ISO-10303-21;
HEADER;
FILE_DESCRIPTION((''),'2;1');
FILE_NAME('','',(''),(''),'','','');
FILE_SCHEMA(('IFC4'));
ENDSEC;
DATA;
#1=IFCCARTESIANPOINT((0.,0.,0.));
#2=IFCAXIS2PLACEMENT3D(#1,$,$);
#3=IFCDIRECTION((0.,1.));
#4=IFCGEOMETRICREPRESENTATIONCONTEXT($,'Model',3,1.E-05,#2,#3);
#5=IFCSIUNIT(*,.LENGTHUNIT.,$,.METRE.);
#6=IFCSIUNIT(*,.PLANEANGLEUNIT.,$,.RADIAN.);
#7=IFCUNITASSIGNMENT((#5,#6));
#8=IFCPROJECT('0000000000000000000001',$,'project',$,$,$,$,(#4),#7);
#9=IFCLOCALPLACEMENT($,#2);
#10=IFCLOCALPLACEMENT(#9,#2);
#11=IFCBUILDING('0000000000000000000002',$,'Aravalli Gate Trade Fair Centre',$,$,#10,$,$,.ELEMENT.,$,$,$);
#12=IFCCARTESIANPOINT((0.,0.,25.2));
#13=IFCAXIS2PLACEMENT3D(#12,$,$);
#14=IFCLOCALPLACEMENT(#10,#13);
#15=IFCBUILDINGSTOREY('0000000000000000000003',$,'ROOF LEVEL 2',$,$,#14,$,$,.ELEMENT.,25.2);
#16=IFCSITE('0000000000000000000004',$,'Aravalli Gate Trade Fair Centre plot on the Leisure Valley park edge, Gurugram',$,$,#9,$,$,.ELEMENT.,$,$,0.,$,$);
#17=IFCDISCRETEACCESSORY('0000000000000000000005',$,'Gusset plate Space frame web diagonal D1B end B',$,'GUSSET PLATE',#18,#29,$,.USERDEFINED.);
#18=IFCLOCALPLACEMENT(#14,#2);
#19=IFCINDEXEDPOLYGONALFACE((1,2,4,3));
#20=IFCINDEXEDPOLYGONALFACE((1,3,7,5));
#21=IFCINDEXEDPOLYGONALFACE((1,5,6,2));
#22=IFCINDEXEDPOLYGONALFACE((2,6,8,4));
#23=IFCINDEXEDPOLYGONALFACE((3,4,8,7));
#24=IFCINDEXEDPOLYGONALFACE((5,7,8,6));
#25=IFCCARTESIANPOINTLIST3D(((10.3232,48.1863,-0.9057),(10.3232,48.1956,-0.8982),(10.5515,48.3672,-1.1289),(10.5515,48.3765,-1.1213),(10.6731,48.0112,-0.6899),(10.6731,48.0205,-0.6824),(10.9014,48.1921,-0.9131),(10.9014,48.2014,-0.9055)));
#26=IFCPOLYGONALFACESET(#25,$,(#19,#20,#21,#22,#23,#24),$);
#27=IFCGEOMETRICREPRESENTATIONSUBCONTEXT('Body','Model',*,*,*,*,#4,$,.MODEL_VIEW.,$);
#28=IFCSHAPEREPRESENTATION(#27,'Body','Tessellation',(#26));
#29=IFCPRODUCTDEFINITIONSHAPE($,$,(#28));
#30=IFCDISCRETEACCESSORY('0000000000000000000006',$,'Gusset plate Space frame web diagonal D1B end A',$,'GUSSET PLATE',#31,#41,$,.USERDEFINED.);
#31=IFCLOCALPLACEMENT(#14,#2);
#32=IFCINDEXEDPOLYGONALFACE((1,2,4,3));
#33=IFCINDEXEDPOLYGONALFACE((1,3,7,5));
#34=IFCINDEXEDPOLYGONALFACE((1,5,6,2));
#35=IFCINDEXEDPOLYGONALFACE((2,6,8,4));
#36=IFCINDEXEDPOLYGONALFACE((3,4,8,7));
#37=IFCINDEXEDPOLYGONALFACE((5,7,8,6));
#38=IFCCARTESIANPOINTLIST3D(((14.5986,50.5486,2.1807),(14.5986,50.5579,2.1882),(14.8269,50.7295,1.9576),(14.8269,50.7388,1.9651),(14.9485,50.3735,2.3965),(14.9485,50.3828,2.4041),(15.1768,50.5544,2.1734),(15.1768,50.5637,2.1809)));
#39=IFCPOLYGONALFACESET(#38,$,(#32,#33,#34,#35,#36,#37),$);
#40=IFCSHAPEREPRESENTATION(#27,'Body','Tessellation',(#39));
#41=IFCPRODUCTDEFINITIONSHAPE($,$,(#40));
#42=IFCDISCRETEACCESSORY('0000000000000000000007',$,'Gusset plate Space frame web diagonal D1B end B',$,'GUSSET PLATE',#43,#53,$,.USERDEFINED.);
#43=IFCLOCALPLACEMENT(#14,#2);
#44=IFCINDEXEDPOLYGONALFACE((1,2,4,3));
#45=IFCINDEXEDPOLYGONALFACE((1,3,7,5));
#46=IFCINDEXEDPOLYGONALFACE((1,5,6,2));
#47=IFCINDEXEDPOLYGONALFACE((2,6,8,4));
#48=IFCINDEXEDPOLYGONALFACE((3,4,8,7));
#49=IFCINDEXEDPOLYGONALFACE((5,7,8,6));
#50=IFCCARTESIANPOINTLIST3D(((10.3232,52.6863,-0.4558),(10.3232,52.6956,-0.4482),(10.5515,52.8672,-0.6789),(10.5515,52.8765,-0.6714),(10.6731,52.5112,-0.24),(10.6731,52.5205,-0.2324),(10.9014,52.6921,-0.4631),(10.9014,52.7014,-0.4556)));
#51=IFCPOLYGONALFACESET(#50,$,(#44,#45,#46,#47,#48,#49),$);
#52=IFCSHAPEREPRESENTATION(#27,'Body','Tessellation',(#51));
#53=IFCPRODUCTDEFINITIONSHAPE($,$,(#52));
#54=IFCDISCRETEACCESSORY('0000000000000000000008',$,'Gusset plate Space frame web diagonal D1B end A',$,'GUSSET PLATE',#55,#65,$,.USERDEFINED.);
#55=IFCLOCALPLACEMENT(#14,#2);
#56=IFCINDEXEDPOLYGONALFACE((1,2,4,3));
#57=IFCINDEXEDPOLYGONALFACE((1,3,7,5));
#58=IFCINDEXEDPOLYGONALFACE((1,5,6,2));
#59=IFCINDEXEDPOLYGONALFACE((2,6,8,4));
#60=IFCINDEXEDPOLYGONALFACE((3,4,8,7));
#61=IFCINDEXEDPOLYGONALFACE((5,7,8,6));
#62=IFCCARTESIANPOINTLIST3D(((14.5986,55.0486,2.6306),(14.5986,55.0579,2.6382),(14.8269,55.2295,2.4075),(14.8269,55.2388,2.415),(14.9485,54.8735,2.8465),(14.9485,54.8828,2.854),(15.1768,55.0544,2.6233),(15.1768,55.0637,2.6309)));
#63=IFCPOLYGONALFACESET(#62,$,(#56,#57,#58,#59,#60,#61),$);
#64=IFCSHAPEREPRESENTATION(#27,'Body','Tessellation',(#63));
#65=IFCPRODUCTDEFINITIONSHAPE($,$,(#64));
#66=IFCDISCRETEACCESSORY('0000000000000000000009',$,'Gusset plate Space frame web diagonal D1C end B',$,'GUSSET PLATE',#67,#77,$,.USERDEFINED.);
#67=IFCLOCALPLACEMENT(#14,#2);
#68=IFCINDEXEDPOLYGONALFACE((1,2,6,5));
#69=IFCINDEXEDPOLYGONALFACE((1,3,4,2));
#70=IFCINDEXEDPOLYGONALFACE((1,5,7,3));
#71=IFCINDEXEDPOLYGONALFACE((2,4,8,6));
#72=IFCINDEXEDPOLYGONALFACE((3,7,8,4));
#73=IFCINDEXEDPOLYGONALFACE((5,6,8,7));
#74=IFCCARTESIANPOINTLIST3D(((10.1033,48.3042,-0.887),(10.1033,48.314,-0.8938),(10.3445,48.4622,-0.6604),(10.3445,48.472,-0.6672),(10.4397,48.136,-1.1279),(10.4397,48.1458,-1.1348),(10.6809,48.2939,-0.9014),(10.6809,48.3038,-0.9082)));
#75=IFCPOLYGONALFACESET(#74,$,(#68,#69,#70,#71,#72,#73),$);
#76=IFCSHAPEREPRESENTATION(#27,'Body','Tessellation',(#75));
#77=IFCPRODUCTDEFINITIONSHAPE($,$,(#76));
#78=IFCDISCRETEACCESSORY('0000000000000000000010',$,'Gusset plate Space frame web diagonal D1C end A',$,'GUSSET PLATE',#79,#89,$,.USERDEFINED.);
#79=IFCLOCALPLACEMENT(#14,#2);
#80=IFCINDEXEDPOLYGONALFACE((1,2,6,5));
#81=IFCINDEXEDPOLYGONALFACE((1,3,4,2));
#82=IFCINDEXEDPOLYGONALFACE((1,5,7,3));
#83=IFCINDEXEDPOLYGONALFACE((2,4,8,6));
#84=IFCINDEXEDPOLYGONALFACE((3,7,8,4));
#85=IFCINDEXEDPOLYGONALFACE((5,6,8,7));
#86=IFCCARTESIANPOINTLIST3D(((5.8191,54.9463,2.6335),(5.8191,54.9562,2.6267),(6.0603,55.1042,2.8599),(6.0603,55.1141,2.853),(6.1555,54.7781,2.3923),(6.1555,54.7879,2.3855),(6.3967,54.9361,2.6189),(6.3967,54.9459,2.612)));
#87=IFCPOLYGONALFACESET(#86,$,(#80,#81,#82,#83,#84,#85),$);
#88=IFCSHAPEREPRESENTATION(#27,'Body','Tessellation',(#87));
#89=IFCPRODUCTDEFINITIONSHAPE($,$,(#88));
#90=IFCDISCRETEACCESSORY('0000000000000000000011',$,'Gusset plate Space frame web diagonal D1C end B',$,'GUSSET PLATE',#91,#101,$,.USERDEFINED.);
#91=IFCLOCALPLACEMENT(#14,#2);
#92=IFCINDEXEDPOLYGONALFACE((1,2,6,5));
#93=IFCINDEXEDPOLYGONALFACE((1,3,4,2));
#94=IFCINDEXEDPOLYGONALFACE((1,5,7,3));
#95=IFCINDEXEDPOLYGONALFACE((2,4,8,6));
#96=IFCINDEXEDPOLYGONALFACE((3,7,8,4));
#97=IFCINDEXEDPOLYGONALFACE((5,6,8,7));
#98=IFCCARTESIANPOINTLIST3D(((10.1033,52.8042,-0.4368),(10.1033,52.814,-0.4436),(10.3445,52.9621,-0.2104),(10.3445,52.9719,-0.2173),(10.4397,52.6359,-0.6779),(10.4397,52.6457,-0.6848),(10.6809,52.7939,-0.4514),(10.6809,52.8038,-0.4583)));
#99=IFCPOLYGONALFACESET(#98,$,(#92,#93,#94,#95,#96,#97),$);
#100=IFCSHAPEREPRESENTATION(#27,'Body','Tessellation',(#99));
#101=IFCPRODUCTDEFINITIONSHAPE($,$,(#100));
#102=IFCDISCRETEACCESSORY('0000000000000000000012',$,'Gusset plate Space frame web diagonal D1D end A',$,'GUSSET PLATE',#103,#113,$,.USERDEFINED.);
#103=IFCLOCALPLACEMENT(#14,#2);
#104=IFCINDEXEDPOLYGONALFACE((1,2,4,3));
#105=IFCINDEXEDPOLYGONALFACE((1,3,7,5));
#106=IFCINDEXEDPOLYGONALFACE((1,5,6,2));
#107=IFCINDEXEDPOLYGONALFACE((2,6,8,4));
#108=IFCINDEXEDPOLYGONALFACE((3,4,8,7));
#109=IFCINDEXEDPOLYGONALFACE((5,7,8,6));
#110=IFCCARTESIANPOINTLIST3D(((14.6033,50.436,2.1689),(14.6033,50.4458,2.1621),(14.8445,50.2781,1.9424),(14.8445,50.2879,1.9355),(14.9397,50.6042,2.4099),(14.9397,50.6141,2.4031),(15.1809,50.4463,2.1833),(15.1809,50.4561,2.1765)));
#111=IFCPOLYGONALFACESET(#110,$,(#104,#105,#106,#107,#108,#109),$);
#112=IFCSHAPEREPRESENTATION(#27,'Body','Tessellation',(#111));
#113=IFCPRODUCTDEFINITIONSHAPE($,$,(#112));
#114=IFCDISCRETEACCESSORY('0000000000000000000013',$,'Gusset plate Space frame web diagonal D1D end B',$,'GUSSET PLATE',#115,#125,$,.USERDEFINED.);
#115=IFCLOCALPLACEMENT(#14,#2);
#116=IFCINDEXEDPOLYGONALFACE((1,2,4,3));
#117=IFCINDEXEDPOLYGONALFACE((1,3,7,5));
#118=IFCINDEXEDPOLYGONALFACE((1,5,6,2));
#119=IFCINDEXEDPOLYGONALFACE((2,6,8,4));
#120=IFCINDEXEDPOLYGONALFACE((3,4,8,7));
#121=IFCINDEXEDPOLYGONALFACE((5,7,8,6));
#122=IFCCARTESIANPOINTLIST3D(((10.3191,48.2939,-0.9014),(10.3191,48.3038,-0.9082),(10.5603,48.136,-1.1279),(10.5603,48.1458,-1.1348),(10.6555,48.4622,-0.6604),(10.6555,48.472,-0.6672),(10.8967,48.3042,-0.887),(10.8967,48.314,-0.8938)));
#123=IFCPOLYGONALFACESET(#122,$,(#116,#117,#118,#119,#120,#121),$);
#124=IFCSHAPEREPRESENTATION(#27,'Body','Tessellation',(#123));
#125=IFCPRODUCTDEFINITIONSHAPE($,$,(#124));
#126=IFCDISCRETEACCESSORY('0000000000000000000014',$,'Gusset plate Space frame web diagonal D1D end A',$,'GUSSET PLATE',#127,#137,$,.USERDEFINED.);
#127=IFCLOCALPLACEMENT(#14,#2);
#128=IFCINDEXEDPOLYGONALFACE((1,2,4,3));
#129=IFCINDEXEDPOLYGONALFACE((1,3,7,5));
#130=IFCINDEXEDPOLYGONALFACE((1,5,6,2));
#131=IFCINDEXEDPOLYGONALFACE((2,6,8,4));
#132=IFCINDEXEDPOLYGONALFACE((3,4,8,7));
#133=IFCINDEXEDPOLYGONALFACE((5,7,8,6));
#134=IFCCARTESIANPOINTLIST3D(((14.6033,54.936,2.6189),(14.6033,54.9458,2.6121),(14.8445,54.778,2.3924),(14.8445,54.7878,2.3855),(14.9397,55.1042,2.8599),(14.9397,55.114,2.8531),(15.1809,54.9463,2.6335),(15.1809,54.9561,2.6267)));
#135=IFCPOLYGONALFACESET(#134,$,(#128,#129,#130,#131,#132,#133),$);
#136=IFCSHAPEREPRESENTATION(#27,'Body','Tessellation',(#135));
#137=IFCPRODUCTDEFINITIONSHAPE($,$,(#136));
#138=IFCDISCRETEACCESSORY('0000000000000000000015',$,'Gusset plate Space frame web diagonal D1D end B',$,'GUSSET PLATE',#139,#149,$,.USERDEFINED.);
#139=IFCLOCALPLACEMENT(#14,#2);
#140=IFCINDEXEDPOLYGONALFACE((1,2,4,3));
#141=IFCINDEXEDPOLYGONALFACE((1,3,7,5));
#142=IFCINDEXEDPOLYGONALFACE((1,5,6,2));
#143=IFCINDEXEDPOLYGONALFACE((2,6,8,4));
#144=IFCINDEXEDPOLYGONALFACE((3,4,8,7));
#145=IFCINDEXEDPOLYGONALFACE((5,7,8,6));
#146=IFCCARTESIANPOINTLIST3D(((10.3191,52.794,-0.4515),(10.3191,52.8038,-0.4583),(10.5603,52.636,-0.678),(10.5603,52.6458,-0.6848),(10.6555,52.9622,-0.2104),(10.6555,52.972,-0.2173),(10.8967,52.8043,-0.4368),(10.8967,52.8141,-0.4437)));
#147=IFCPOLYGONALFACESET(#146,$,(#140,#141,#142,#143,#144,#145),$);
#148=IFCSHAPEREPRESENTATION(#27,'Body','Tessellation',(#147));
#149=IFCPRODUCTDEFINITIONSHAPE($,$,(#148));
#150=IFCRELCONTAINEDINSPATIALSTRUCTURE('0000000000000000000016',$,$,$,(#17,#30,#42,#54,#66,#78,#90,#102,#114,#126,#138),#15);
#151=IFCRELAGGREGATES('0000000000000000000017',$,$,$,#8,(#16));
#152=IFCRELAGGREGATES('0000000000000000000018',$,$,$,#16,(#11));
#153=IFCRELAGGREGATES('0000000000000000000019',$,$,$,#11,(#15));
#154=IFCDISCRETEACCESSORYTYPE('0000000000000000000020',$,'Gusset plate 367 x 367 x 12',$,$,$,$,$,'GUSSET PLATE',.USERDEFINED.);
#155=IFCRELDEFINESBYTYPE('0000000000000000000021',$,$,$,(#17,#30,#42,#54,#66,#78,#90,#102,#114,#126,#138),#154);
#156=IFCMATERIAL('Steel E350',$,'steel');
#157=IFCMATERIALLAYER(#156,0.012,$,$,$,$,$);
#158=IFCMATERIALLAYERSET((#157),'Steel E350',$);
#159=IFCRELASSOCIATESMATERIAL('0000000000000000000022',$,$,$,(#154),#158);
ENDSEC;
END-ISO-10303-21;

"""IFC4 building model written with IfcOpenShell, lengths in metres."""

from ifc_helpers import new_model, si_unit, direction, frame, origin, place, context, subcontext, project, spatial, polyline, outline, extrude, material, layer, layer_set, type_object, element, save


model = new_model("IFC4")

# Units and contexts
model_context = context("Model", 3, precision=1e-05, world=origin(), true_north=direction((0.0, 1.0)))
body_context = subcontext(model_context, "Body", "Model", "MODEL_VIEW")
ifc_project = project(units=[si_unit("LENGTHUNIT", "METRE"), si_unit("PLANEANGLEUNIT", "RADIAN")], contexts=[model_context])

# Site, building, storey
site_placement = place(None, origin())
site = spatial("IfcSite", under=ifc_project, at=site_placement, Name="Aravalli Gate Trade Fair Centre plot on the Leisure Valley park edge, Gurugram", CompositionType="ELEMENT", RefElevation=0.0)
building_placement = place(site_placement, origin())
building = spatial("IfcBuilding", under=site, at=building_placement, Name="Aravalli Gate Trade Fair Centre", CompositionType="ELEMENT")
storey_placement = place(building_placement, frame((0.0, 0.0, 25.2)))
storey = spatial("IfcBuildingStorey", under=building, at=storey_placement, Name="ROOF LEVEL 2", CompositionType="ELEMENT", Elevation=25.2)

# Shared definitions
ifc_material = material(Name="Steel E350", Category="steel")

# Discrete accessories
ifc_layer = layer(ifc_material, 0.012)
ifc_layer_set = layer_set([ifc_layer], Name="Steel E350")
discrete_accessory_type = type_object("IfcDiscreteAccessoryType", Name="Gusset plate 367 x 367 x 12", ElementType="GUSSET PLATE", PredefinedType="USERDEFINED", material=ifc_layer_set)
discrete_accessory_1_placement = place(storey_placement, frame((10.6731, 48.0205, -0.6824), z_axis=(0.000107, 0.776736, 0.629826), x_axis=(-0.783044, 0.391795, -0.48305)))
element("IfcDiscreteAccessory", 1, at=discrete_accessory_1_placement, inside=storey, type_object=discrete_accessory_type, Name="Gusset plate Space frame web diagonal D1B end B", ObjectType="GUSSET PLATE", PredefinedType="USERDEFINED", context=body_context, shape_type="SweptSolid", body=[
    extrude(outline(polyline([(0.0, 0.0), (0.4468, 0.0), (0.4467, -0.3669), (-0.0001, -0.3669), (0.0, 0.0)])), origin(), (0.0, 0.0, -1.0), 0.012),
])
discrete_accessory_2_placement = place(storey_placement, frame((14.5986, 50.5579, 2.1882), z_axis=(0.000107, 0.776736, 0.629826), x_axis=(0.783044, -0.391795, 0.48305)))
element("IfcDiscreteAccessory", 2, at=discrete_accessory_2_placement, inside=storey, type_object=discrete_accessory_type, Name="Gusset plate Space frame web diagonal D1B end A", ObjectType="GUSSET PLATE", PredefinedType="USERDEFINED", context=body_context, shape_type="SweptSolid", body=[
    extrude(outline(polyline([(0.0, 0.0), (0.4468, 0.0), (0.4469, 0.3669), (0.0001, 0.3669), (0.0, 0.0)])), origin(), (0.0, 0.0, -1.0), 0.012),
])
discrete_accessory_3_placement = place(storey_placement, frame((10.6731, 52.5205, -0.2324), z_axis=(0.000107, 0.776736, 0.629826), x_axis=(-0.783044, 0.391795, -0.48305)))
element("IfcDiscreteAccessory", 3, at=discrete_accessory_3_placement, inside=storey, type_object=discrete_accessory_type, Name="Gusset plate Space frame web diagonal D1B end B", ObjectType="GUSSET PLATE", PredefinedType="USERDEFINED", context=body_context, shape_type="SweptSolid", body=[
    extrude(outline(polyline([(0.0, 0.0), (0.4468, 0.0), (0.4467, -0.3669), (-0.0001, -0.3669), (0.0, 0.0)])), origin(), (0.0, 0.0, -1.0), 0.012),
])
discrete_accessory_4_placement = place(storey_placement, frame((14.5986, 55.0579, 2.6382), z_axis=(0.000107, 0.776736, 0.629826), x_axis=(0.783044, -0.391795, 0.48305)))
element("IfcDiscreteAccessory", 4, at=discrete_accessory_4_placement, inside=storey, type_object=discrete_accessory_type, Name="Gusset plate Space frame web diagonal D1B end A", ObjectType="GUSSET PLATE", PredefinedType="USERDEFINED", context=body_context, shape_type="SweptSolid", body=[
    extrude(outline(polyline([(0.0, 0.0), (0.4468, 0.0), (0.4469, 0.3669), (0.0001, 0.3669), (0.0, 0.0)])), origin(), (0.0, 0.0, -1.0), 0.012),
])
discrete_accessory_5_placement = place(storey_placement, frame((10.1033, 48.3042, -0.887), z_axis=(-0.000292, -0.820164, 0.572128), x_axis=(0.753132, -0.376566, -0.539435)))
element("IfcDiscreteAccessory", 5, at=discrete_accessory_5_placement, inside=storey, type_object=discrete_accessory_type, Name="Gusset plate Space frame web diagonal D1C end B", ObjectType="GUSSET PLATE", PredefinedType="USERDEFINED", context=body_context, shape_type="SweptSolid", body=[
    extrude(outline(polyline([(0.0, 0.0), (0.4467, 0.0), (0.4467, 0.3667), (0.0, 0.3667), (0.0, 0.0)])), origin(), (0.0, 0.0, -1.0), 0.012),
])
discrete_accessory_6_placement = place(storey_placement, frame((6.1555, 54.7781, 2.3923), z_axis=(-0.000049, -0.820141, 0.572161), x_axis=(-0.75291, 0.376583, 0.539733)))
element("IfcDiscreteAccessory", 6, at=discrete_accessory_6_placement, inside=storey, type_object=discrete_accessory_type, Name="Gusset plate Space frame web diagonal D1C end A", ObjectType="GUSSET PLATE", PredefinedType="USERDEFINED", context=body_context, shape_type="SweptSolid", body=[
    extrude(outline(polyline([(0.0, 0.0), (0.4468, 0.0), (0.4469, -0.3665), (0.0002, -0.3667), (0.0, 0.0)])), origin(), (0.0, 0.0, -1.0), 0.012),
])
discrete_accessory_7_placement = place(storey_placement, frame((10.1033, 52.8042, -0.4368), z_axis=(-0.000049, -0.820141, 0.572161), x_axis=(0.75291, -0.376583, -0.539733)))
element("IfcDiscreteAccessory", 7, at=discrete_accessory_7_placement, inside=storey, type_object=discrete_accessory_type, Name="Gusset plate Space frame web diagonal D1C end B", ObjectType="GUSSET PLATE", PredefinedType="USERDEFINED", context=body_context, shape_type="SweptSolid", body=[
    extrude(outline(polyline([(0.0, 0.0), (0.4468, 0.0), (0.4467, 0.3667), (0.0, 0.3665), (0.0, 0.0)])), origin(), (0.0, 0.0, -1.0), 0.012),
])
discrete_accessory_8_placement = place(storey_placement, frame((14.6033, 50.436, 2.1689), z_axis=(0.000292, -0.820164, 0.572128), x_axis=(0.753132, 0.376566, 0.539435)))
element("IfcDiscreteAccessory", 8, at=discrete_accessory_8_placement, inside=storey, type_object=discrete_accessory_type, Name="Gusset plate Space frame web diagonal D1D end A", ObjectType="GUSSET PLATE", PredefinedType="USERDEFINED", context=body_context, shape_type="SweptSolid", body=[
    extrude(outline(polyline([(0.0, 0.0), (0.4467, 0.0), (0.4467, -0.3667), (0.0, -0.3667), (0.0, 0.0)])), origin(), (0.0, 0.0, -1.0), 0.012),
])
discrete_accessory_9_placement = place(storey_placement, frame((10.6555, 48.4622, -0.6604), z_axis=(0.000292, -0.820164, 0.572128), x_axis=(-0.753132, -0.376566, -0.539435)))
element("IfcDiscreteAccessory", 9, at=discrete_accessory_9_placement, inside=storey, type_object=discrete_accessory_type, Name="Gusset plate Space frame web diagonal D1D end B", ObjectType="GUSSET PLATE", PredefinedType="USERDEFINED", context=body_context, shape_type="SweptSolid", body=[
    extrude(outline(polyline([(0.0, 0.0), (0.4467, 0.0), (0.4467, 0.3667), (0.0, 0.3667), (0.0, 0.0)])), origin(), (0.0, 0.0, -1.0), 0.012),
])
discrete_accessory_10_placement = place(storey_placement, frame((14.6033, 54.936, 2.6189), z_axis=(0.000049, -0.820141, 0.572161), x_axis=(0.753132, 0.376438, 0.539524)))
element("IfcDiscreteAccessory", 10, at=discrete_accessory_10_placement, inside=storey, type_object=discrete_accessory_type, Name="Gusset plate Space frame web diagonal D1D end A", ObjectType="GUSSET PLATE", PredefinedType="USERDEFINED", context=body_context, shape_type="SweptSolid", body=[
    extrude(outline(polyline([(0.0, 0.0), (0.4467, 0.0), (0.4468, -0.3665), (0.0, -0.3667), (0.0, 0.0)])), origin(), (0.0, 0.0, -1.0), 0.012),
])
discrete_accessory_11_placement = place(storey_placement, frame((10.6555, 52.9622, -0.2104), z_axis=(0.000049, -0.820141, 0.572161), x_axis=(-0.753132, -0.376438, -0.539524)))
element("IfcDiscreteAccessory", 11, at=discrete_accessory_11_placement, inside=storey, type_object=discrete_accessory_type, Name="Gusset plate Space frame web diagonal D1D end B", ObjectType="GUSSET PLATE", PredefinedType="USERDEFINED", context=body_context, shape_type="SweptSolid", body=[
    extrude(outline(polyline([(0.0, 0.0), (0.4467, 0.0), (0.4467, 0.3667), (-0.0001, 0.3665), (0.0, 0.0)])), origin(), (0.0, 0.0, -1.0), 0.012),
])

save(model, "model.ifc")
